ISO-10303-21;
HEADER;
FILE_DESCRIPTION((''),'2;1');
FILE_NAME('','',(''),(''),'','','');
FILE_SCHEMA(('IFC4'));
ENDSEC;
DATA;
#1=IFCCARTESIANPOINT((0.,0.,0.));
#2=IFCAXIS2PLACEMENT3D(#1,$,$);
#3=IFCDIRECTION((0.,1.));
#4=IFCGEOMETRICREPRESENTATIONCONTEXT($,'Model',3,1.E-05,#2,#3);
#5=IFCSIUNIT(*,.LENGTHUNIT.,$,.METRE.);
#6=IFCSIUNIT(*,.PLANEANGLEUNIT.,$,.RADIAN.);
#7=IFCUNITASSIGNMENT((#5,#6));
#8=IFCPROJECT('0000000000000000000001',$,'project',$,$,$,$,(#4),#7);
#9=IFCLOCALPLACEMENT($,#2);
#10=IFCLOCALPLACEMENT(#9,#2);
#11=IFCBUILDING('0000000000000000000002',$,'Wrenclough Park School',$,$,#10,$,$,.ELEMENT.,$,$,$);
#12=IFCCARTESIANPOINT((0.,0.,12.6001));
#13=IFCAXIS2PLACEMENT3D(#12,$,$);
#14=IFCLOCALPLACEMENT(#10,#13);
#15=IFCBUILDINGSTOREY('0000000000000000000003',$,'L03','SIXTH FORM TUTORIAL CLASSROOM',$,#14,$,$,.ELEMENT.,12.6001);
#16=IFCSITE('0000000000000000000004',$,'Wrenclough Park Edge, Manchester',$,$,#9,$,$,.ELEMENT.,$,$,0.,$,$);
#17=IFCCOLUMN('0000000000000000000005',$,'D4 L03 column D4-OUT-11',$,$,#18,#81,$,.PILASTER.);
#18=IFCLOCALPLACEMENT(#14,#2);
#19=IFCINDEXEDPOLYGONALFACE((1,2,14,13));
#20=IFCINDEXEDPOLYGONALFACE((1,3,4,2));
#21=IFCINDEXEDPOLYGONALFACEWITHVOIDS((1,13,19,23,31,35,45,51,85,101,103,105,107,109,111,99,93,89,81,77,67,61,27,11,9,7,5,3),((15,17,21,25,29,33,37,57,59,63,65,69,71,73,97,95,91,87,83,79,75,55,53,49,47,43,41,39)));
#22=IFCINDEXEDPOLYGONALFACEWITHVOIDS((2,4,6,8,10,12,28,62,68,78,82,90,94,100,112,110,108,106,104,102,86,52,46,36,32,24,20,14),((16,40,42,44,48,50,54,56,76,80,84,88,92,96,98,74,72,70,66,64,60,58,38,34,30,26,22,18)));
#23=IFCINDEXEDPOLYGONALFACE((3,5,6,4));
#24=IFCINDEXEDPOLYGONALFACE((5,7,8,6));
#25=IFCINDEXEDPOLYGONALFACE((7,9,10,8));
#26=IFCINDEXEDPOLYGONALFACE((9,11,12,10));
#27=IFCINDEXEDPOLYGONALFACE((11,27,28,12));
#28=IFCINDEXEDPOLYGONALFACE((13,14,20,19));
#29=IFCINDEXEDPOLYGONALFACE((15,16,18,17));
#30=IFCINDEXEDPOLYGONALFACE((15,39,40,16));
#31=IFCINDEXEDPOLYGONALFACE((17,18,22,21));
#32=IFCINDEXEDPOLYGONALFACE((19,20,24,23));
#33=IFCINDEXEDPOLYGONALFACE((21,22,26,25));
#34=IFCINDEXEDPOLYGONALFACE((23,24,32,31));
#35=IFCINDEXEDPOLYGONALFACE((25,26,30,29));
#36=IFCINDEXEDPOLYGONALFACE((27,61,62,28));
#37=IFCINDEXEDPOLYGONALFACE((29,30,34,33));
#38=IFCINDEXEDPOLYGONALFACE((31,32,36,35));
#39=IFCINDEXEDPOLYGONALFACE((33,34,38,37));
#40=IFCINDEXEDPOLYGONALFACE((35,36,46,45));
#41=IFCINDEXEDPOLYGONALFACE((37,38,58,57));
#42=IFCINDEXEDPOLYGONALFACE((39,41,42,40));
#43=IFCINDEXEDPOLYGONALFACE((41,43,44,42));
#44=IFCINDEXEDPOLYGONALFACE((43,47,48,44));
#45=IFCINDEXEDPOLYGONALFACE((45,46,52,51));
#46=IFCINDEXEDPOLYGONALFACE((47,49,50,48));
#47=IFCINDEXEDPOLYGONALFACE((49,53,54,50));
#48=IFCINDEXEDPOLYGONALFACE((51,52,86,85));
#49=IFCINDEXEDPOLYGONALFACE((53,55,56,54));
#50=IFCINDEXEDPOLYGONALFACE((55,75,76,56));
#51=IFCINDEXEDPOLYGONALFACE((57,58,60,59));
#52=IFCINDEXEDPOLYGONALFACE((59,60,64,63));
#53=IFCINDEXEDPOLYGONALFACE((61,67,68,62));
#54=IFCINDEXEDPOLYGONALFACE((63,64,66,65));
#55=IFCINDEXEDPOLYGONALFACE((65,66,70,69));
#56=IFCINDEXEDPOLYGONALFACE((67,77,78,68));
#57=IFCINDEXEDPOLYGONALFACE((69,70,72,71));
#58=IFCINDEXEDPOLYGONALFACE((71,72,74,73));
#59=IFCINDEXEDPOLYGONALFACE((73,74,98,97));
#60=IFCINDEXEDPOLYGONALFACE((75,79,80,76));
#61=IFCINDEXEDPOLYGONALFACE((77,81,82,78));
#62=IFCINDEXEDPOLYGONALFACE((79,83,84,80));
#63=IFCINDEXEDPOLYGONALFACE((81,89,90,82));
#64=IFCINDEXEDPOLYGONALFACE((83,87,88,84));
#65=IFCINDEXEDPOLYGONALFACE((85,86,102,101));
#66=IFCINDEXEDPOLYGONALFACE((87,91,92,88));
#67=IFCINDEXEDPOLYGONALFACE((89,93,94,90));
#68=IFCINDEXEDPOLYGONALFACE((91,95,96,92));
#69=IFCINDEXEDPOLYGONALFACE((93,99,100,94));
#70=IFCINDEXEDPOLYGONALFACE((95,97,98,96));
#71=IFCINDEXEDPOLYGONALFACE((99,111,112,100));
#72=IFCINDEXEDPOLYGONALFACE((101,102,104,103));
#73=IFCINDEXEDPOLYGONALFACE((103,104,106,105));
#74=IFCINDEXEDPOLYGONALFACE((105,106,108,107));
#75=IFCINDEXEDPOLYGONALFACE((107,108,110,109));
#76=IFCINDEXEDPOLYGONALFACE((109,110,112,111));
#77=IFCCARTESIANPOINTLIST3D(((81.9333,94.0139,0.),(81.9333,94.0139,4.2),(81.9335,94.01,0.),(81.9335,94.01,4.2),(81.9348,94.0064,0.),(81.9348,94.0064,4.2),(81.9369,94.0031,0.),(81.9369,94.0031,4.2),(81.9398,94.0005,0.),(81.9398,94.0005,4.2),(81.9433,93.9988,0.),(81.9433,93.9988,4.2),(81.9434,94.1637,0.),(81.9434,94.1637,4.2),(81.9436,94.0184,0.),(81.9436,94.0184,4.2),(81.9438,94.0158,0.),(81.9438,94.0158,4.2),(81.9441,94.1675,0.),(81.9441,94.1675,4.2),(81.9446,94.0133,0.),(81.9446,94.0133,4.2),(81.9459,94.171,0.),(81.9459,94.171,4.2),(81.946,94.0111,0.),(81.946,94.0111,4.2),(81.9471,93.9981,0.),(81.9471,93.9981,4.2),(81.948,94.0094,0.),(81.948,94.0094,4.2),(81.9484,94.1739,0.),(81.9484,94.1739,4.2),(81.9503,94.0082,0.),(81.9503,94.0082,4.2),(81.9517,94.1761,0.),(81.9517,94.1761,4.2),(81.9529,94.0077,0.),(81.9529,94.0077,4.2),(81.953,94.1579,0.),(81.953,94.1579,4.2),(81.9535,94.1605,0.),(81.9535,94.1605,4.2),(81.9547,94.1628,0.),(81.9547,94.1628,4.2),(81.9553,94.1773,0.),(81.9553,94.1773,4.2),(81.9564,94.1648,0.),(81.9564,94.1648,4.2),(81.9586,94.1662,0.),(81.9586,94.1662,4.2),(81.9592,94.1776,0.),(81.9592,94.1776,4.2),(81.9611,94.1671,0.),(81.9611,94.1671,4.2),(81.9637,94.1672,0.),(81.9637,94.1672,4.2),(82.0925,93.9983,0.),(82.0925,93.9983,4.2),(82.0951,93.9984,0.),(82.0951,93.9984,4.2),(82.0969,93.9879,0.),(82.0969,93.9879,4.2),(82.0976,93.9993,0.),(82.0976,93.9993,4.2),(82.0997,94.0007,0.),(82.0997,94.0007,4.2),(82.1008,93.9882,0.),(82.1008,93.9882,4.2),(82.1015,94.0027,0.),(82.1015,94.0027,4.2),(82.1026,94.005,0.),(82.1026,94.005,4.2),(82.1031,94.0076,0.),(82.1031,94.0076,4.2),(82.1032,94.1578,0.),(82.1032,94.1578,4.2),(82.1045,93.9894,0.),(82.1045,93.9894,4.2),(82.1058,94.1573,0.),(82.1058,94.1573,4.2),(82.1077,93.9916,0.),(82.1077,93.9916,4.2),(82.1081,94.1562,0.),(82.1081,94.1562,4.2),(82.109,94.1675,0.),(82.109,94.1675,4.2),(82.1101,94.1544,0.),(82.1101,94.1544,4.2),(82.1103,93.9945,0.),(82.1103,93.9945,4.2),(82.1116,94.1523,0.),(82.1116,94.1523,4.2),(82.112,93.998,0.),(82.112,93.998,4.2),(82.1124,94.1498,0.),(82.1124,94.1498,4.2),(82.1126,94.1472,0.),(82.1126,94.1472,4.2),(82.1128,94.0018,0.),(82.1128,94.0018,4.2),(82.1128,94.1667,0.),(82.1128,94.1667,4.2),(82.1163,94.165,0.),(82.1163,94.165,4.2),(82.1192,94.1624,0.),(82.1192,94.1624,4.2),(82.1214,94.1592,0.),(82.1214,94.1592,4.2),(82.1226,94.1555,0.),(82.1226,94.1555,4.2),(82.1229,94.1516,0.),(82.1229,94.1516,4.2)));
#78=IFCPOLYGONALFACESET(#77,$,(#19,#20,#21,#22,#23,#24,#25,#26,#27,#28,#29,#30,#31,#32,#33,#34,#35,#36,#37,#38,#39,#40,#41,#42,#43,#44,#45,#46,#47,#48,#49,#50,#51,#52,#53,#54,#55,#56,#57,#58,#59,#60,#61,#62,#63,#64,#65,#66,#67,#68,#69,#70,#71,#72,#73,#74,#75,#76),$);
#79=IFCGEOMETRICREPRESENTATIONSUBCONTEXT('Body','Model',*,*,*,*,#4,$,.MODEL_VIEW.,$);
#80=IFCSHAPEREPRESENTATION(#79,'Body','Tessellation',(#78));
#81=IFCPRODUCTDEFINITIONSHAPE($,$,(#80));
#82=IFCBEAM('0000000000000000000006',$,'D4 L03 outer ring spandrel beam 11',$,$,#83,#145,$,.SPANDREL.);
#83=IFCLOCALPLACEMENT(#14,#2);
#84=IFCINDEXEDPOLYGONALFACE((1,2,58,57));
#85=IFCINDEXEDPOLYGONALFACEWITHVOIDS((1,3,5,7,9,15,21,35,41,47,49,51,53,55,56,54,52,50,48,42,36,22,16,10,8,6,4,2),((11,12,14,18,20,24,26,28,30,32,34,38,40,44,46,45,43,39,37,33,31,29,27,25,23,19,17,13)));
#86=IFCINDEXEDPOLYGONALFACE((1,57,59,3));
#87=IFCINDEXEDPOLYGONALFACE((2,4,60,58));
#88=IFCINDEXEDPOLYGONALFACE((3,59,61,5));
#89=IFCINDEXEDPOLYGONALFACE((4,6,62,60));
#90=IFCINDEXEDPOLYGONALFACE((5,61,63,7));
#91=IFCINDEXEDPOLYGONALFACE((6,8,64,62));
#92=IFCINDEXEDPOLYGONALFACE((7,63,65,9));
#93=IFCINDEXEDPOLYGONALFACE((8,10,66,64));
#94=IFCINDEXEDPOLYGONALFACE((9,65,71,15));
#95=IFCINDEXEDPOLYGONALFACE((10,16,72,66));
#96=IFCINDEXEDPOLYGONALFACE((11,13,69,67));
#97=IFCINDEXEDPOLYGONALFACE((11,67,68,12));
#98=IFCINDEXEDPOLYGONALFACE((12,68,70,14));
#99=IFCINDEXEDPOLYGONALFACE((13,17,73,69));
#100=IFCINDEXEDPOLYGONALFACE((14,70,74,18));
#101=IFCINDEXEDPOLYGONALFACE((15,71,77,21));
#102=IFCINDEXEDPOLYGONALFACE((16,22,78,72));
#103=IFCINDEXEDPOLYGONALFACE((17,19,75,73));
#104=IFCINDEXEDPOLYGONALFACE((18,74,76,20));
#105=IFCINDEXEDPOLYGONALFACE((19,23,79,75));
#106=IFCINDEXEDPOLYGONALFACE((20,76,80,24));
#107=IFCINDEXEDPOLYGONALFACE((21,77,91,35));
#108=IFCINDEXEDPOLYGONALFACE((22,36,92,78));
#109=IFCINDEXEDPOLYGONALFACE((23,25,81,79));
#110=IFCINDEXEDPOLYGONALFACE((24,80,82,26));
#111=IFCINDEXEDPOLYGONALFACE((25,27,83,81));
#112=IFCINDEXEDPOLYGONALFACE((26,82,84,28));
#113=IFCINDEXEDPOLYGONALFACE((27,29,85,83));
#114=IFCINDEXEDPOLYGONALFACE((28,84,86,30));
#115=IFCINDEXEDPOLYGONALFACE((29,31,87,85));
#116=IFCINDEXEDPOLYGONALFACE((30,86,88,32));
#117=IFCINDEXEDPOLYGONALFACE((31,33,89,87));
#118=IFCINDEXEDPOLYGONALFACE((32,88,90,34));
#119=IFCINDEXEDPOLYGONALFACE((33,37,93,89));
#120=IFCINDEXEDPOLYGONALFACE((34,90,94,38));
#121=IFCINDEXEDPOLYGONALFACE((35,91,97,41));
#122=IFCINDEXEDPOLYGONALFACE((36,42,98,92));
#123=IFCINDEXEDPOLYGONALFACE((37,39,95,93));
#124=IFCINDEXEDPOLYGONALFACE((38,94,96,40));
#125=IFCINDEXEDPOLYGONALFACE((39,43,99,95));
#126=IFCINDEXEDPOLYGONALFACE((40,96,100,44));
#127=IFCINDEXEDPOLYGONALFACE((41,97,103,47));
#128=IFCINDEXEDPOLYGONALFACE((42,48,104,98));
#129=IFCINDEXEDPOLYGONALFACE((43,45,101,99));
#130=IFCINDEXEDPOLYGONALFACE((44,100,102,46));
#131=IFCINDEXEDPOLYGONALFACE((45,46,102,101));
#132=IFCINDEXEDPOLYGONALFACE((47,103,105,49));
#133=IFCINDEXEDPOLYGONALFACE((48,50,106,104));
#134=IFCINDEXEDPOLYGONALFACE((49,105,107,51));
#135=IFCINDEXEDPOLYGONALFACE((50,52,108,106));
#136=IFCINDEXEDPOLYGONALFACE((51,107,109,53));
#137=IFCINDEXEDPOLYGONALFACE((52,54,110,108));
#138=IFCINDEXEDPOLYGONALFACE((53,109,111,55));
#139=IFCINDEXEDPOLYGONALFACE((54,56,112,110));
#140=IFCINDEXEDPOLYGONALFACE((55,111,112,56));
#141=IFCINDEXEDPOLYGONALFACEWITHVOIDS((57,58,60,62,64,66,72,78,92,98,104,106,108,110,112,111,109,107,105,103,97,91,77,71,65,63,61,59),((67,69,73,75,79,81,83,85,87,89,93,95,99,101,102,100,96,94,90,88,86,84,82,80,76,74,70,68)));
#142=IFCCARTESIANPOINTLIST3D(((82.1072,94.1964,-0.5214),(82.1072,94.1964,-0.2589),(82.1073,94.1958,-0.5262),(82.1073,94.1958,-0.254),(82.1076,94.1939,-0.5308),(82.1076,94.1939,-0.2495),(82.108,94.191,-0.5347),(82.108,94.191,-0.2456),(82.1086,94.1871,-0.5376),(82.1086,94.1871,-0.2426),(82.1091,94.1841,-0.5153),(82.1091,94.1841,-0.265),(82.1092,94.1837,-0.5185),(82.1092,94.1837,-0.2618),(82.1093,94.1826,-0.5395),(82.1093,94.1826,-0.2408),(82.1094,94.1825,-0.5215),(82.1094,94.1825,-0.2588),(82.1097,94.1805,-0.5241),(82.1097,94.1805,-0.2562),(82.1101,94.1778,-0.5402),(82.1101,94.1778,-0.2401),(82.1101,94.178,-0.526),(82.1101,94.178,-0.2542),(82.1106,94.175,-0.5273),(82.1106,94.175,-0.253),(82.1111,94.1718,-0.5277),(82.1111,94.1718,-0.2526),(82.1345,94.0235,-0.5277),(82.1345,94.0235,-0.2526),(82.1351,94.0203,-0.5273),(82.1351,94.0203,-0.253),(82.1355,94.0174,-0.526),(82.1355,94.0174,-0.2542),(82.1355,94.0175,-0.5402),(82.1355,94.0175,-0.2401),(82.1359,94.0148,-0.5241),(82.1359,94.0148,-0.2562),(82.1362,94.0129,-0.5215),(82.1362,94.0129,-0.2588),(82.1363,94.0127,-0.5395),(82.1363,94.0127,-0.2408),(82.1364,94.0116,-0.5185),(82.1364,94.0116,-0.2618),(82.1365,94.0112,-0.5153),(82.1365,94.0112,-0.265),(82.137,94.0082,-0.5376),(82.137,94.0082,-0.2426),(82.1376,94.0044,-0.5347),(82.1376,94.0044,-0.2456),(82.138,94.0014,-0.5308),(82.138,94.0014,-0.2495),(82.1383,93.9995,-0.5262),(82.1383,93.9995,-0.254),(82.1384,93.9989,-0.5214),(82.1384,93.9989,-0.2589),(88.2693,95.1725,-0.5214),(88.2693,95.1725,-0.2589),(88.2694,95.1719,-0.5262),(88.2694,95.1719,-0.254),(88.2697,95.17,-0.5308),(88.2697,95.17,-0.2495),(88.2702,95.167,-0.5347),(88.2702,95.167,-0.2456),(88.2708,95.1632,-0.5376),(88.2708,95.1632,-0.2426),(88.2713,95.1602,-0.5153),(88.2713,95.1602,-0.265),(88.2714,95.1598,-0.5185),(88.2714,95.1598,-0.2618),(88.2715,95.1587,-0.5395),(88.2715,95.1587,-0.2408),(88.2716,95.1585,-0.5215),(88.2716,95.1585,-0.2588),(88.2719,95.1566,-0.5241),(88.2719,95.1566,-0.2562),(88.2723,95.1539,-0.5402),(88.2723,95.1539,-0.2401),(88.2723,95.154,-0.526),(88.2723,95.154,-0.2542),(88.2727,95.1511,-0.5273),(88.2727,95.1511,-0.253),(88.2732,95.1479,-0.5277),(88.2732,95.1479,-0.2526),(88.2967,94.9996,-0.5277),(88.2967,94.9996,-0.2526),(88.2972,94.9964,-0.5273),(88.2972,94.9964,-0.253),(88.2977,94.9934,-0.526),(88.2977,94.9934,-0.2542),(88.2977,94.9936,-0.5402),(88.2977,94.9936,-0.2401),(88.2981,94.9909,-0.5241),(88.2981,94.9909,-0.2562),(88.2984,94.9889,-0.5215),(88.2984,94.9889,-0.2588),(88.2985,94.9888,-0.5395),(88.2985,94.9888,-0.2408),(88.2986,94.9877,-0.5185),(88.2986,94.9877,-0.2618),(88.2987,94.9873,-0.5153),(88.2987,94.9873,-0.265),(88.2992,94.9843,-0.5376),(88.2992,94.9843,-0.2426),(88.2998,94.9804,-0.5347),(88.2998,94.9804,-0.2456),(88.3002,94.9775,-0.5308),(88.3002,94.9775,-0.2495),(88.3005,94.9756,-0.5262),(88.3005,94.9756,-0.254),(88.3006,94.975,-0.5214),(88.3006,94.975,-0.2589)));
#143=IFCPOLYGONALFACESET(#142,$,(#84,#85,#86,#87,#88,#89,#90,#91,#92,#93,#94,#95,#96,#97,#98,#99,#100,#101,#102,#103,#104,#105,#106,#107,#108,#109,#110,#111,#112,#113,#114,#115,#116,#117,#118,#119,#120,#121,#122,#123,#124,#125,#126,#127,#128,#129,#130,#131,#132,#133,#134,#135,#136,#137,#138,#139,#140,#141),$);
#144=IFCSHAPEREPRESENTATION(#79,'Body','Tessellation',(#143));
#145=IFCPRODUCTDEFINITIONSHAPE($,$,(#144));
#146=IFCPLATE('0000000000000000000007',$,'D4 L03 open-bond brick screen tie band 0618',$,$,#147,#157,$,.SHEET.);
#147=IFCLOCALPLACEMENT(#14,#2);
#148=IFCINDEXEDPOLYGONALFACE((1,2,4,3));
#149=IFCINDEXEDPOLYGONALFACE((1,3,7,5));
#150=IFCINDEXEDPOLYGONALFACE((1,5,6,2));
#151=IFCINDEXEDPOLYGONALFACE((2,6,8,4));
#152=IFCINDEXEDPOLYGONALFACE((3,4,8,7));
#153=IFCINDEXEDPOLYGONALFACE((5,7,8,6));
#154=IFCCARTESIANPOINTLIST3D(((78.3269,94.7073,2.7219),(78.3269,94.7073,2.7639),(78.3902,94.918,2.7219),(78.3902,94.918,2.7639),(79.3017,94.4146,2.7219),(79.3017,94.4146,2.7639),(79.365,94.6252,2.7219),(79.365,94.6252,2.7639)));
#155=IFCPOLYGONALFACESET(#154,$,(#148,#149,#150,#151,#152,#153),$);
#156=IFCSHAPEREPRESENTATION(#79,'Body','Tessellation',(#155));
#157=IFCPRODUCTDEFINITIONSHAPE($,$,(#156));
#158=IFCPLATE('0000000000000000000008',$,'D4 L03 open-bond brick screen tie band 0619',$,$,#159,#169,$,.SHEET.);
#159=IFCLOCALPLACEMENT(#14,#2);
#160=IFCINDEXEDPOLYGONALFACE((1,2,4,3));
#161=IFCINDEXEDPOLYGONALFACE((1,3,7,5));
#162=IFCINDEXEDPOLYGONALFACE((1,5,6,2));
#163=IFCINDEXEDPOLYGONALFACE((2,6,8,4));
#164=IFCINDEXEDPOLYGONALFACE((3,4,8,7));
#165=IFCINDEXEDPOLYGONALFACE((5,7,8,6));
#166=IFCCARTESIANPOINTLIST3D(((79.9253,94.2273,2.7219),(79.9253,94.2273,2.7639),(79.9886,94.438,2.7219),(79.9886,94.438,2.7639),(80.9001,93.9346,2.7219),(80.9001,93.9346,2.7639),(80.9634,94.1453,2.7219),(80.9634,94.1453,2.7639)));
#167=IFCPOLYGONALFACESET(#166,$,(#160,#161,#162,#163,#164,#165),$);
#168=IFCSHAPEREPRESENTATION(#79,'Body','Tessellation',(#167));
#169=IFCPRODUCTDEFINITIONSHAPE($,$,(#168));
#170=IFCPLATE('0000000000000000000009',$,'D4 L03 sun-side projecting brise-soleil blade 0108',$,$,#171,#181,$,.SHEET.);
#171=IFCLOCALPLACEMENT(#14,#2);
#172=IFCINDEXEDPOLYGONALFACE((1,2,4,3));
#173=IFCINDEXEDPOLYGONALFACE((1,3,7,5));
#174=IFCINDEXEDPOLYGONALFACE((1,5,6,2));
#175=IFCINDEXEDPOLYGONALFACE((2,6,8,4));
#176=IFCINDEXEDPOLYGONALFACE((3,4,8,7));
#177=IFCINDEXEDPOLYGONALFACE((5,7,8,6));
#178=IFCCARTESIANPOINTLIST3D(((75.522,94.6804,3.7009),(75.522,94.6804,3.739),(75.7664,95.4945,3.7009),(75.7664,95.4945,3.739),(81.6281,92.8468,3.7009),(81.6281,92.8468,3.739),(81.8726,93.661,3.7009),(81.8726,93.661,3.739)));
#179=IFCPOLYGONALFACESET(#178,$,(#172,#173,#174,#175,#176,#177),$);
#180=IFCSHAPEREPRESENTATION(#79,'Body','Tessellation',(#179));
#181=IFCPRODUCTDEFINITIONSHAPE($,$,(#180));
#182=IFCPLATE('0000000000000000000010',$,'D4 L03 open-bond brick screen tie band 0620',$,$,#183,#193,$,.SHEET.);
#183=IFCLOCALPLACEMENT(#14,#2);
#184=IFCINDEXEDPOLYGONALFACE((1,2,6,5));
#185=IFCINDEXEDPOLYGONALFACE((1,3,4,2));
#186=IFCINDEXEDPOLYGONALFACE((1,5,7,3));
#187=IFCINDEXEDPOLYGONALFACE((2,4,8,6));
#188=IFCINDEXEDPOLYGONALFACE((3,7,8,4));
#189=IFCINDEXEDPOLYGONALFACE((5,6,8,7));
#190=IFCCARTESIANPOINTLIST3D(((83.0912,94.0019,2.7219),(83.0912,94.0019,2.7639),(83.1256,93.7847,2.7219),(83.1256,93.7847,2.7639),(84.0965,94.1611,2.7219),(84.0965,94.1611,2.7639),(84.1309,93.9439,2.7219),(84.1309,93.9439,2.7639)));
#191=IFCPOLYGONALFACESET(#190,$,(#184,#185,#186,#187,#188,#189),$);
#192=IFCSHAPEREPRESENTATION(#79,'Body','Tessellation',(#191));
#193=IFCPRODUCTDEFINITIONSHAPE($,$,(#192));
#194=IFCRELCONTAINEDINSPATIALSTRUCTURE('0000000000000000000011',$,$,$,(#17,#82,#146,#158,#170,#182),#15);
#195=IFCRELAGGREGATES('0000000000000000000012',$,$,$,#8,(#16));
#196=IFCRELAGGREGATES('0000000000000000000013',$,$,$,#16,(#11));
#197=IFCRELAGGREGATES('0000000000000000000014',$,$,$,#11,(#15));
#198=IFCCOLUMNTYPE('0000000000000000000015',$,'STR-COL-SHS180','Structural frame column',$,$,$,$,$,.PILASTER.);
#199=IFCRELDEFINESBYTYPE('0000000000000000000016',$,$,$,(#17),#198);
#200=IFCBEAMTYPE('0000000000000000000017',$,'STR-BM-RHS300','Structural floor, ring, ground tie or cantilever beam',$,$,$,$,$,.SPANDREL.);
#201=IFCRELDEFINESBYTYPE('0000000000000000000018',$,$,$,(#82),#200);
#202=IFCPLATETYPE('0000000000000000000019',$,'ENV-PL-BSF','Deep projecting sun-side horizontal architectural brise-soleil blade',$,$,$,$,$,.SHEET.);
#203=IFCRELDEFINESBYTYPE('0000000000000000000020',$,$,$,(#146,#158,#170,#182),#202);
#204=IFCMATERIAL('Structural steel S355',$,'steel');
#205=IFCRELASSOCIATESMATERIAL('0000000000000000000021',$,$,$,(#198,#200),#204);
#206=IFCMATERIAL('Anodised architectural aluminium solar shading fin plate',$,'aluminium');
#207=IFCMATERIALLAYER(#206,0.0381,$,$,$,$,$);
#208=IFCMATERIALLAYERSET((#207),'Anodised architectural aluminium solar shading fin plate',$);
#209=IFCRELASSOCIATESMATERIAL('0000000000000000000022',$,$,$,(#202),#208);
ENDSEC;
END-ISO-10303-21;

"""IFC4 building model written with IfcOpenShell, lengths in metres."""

from ifc_helpers import new_model, si_unit, direction, frame, origin, origin_2d, place, context, subcontext, project, spatial, rectangle, hollow_rectangle, extrude, material, layer, layer_set, material_profile, profile_set, type_object, element, save


model = new_model("IFC4")

# Units and contexts
model_context = context("Model", 3, precision=1e-05, world=origin(), true_north=direction((0.0, 1.0)))
body_context = subcontext(model_context, "Body", "Model", "MODEL_VIEW")
ifc_project = project(units=[si_unit("LENGTHUNIT", "METRE"), si_unit("PLANEANGLEUNIT", "RADIAN")], contexts=[model_context])

# Site, building, storey
site_placement = place(None, origin())
site = spatial("IfcSite", under=ifc_project, at=site_placement, Name="Wrenclough Park Edge, Manchester", CompositionType="ELEMENT", RefElevation=0.0)
building_placement = place(site_placement, origin())
building = spatial("IfcBuilding", under=site, at=building_placement, Name="Wrenclough Park School", CompositionType="ELEMENT")
storey_placement = place(building_placement, frame((0.0, 0.0, 12.6001)))
storey = spatial("IfcBuildingStorey", under=building, at=storey_placement, Name="L03", Description="SIXTH FORM TUTORIAL CLASSROOM", CompositionType="ELEMENT", Elevation=12.6001)

# Column
ifc_material_1 = material(Name="Structural steel S355", Category="steel")
ifc_material_profile_1 = material_profile(ifc_material_1, hollow_rectangle(XDim=0.1799, YDim=0.1799, WallThickness=0.01, InnerFilletRadius=0.01, OuterFilletRadius=0.0149, at=origin_2d()), Name="SHS 180x180x10.0")
ifc_profile_set_1 = profile_set([ifc_material_profile_1], Name="Structural steel S355")
column_type = type_object("IfcColumnType", Name="STR-COL-SHS180", Description="Structural frame column", PredefinedType="PILASTER", material=ifc_profile_set_1)
column_placement = place(storey_placement, frame((82.0281, 94.0828, 0.0), z_axis=(0.0, 0.0, 1.0), x_axis=(0.997732, -0.067319, 0.0)))
element("IfcColumn", 1, at=column_placement, inside=storey, type_object=column_type, Name="D4 L03 column D4-OUT-11", PredefinedType="PILASTER", context=body_context, shape_type="SweptSolid", body=[
    extrude(hollow_rectangle(XDim=0.1799, YDim=0.1799, WallThickness=0.01, InnerFilletRadius=0.01, OuterFilletRadius=0.0149, at=origin_2d()), origin(), (0.0, 0.0, 1.0), 4.2),
])

# Beam
ifc_material_profile_2 = material_profile(ifc_material_1, hollow_rectangle(XDim=0.2, YDim=0.3, WallThickness=0.0125, InnerFilletRadius=0.0125, OuterFilletRadius=0.0188, at=origin_2d()), Name="RHS 300x200x12.5")
ifc_profile_set_2 = profile_set([ifc_material_profile_2], Name="Structural steel S355")
beam_type = type_object("IfcBeamType", Name="STR-BM-RHS300", Description="Structural floor, ring, ground tie or cantilever beam", PredefinedType="SPANDREL", material=ifc_profile_set_2)
beam_placement = place(storey_placement, frame((82.1228, 94.0977, -0.3901), z_axis=(0.987686, 0.156449, 0.0), x_axis=(-0.156449, 0.987686, 0.0)))
element("IfcBeam", 2, at=beam_placement, inside=storey, type_object=beam_type, Name="D4 L03 outer ring spandrel beam 11", PredefinedType="SPANDREL", context=body_context, shape_type="SweptSolid", body=[
    extrude(hollow_rectangle(XDim=0.2, YDim=0.3, WallThickness=0.0125, InnerFilletRadius=0.0125, OuterFilletRadius=0.0188, at=origin_2d()), origin(), (0.0, 0.0, 1.0), 6.239),
])

# Plates
ifc_material_2 = material(Name="Anodised architectural aluminium solar shading fin plate", Category="aluminium")
ifc_layer_1 = layer(ifc_material_2, 0.0381)
ifc_layer_set_1 = layer_set([ifc_layer_1], Name="Anodised architectural aluminium solar shading fin plate")
plate_type = type_object("IfcPlateType", Name="ENV-PL-BSF", Description="Deep projecting sun-side horizontal architectural brise-soleil blade", PredefinedType="SHEET", material=ifc_layer_set_1)
for number, where, z_axis, x_axis, name in (
    (3, (78.8459, 94.6663, 2.7219), (0.0, 0.0, 1.0), (0.957751, -0.287598, 0.0), "D4 L03 open-bond brick screen tie band 0618"),
    (4, (80.4443, 94.1863, 2.7219), (0.0, 0.0, 1.0), (0.957751, -0.287598, 0.0), "D4 L03 open-bond brick screen tie band 0619"),
):
    element("IfcPlate", number, at=place(storey_placement, frame(where, z_axis=z_axis, x_axis=x_axis)), inside=storey, type_object=plate_type, Name=name, PredefinedType="SHEET", context=body_context, shape_type="SweptSolid", body=[
        extrude(rectangle(XDim=1.0178, YDim=0.22, at=origin_2d()), origin(), (0.0, 0.0, 1.0), 0.042),
    ])
plate_1_placement = place(storey_placement, frame((78.6973, 94.1707, 3.7009), z_axis=(0.0, 0.0, 1.0), x_axis=(0.957751, -0.287598, 0.0)))
element("IfcPlate", 5, at=plate_1_placement, inside=storey, type_object=plate_type, Name="D4 L03 sun-side projecting brise-soleil blade 0108", PredefinedType="SHEET", context=body_context, shape_type="SweptSolid", body=[
    extrude(rectangle(XDim=6.3755, YDim=0.8501, at=origin_2d()), origin(), (0.0, 0.0, 1.0), 0.0381),
])
plate_2_placement = place(storey_placement, frame((83.6111, 93.9729, 2.7219), z_axis=(0.0, 0.0, 1.0), x_axis=(0.987688, 0.156436, 0.0)))
element("IfcPlate", 6, at=plate_2_placement, inside=storey, type_object=plate_type, Name="D4 L03 open-bond brick screen tie band 0620", PredefinedType="SHEET", context=body_context, shape_type="SweptSolid", body=[
    extrude(rectangle(XDim=1.0178, YDim=0.22, at=origin_2d()), origin(), (0.0, 0.0, 1.0), 0.042),
])

save(model, "model.ifc")
